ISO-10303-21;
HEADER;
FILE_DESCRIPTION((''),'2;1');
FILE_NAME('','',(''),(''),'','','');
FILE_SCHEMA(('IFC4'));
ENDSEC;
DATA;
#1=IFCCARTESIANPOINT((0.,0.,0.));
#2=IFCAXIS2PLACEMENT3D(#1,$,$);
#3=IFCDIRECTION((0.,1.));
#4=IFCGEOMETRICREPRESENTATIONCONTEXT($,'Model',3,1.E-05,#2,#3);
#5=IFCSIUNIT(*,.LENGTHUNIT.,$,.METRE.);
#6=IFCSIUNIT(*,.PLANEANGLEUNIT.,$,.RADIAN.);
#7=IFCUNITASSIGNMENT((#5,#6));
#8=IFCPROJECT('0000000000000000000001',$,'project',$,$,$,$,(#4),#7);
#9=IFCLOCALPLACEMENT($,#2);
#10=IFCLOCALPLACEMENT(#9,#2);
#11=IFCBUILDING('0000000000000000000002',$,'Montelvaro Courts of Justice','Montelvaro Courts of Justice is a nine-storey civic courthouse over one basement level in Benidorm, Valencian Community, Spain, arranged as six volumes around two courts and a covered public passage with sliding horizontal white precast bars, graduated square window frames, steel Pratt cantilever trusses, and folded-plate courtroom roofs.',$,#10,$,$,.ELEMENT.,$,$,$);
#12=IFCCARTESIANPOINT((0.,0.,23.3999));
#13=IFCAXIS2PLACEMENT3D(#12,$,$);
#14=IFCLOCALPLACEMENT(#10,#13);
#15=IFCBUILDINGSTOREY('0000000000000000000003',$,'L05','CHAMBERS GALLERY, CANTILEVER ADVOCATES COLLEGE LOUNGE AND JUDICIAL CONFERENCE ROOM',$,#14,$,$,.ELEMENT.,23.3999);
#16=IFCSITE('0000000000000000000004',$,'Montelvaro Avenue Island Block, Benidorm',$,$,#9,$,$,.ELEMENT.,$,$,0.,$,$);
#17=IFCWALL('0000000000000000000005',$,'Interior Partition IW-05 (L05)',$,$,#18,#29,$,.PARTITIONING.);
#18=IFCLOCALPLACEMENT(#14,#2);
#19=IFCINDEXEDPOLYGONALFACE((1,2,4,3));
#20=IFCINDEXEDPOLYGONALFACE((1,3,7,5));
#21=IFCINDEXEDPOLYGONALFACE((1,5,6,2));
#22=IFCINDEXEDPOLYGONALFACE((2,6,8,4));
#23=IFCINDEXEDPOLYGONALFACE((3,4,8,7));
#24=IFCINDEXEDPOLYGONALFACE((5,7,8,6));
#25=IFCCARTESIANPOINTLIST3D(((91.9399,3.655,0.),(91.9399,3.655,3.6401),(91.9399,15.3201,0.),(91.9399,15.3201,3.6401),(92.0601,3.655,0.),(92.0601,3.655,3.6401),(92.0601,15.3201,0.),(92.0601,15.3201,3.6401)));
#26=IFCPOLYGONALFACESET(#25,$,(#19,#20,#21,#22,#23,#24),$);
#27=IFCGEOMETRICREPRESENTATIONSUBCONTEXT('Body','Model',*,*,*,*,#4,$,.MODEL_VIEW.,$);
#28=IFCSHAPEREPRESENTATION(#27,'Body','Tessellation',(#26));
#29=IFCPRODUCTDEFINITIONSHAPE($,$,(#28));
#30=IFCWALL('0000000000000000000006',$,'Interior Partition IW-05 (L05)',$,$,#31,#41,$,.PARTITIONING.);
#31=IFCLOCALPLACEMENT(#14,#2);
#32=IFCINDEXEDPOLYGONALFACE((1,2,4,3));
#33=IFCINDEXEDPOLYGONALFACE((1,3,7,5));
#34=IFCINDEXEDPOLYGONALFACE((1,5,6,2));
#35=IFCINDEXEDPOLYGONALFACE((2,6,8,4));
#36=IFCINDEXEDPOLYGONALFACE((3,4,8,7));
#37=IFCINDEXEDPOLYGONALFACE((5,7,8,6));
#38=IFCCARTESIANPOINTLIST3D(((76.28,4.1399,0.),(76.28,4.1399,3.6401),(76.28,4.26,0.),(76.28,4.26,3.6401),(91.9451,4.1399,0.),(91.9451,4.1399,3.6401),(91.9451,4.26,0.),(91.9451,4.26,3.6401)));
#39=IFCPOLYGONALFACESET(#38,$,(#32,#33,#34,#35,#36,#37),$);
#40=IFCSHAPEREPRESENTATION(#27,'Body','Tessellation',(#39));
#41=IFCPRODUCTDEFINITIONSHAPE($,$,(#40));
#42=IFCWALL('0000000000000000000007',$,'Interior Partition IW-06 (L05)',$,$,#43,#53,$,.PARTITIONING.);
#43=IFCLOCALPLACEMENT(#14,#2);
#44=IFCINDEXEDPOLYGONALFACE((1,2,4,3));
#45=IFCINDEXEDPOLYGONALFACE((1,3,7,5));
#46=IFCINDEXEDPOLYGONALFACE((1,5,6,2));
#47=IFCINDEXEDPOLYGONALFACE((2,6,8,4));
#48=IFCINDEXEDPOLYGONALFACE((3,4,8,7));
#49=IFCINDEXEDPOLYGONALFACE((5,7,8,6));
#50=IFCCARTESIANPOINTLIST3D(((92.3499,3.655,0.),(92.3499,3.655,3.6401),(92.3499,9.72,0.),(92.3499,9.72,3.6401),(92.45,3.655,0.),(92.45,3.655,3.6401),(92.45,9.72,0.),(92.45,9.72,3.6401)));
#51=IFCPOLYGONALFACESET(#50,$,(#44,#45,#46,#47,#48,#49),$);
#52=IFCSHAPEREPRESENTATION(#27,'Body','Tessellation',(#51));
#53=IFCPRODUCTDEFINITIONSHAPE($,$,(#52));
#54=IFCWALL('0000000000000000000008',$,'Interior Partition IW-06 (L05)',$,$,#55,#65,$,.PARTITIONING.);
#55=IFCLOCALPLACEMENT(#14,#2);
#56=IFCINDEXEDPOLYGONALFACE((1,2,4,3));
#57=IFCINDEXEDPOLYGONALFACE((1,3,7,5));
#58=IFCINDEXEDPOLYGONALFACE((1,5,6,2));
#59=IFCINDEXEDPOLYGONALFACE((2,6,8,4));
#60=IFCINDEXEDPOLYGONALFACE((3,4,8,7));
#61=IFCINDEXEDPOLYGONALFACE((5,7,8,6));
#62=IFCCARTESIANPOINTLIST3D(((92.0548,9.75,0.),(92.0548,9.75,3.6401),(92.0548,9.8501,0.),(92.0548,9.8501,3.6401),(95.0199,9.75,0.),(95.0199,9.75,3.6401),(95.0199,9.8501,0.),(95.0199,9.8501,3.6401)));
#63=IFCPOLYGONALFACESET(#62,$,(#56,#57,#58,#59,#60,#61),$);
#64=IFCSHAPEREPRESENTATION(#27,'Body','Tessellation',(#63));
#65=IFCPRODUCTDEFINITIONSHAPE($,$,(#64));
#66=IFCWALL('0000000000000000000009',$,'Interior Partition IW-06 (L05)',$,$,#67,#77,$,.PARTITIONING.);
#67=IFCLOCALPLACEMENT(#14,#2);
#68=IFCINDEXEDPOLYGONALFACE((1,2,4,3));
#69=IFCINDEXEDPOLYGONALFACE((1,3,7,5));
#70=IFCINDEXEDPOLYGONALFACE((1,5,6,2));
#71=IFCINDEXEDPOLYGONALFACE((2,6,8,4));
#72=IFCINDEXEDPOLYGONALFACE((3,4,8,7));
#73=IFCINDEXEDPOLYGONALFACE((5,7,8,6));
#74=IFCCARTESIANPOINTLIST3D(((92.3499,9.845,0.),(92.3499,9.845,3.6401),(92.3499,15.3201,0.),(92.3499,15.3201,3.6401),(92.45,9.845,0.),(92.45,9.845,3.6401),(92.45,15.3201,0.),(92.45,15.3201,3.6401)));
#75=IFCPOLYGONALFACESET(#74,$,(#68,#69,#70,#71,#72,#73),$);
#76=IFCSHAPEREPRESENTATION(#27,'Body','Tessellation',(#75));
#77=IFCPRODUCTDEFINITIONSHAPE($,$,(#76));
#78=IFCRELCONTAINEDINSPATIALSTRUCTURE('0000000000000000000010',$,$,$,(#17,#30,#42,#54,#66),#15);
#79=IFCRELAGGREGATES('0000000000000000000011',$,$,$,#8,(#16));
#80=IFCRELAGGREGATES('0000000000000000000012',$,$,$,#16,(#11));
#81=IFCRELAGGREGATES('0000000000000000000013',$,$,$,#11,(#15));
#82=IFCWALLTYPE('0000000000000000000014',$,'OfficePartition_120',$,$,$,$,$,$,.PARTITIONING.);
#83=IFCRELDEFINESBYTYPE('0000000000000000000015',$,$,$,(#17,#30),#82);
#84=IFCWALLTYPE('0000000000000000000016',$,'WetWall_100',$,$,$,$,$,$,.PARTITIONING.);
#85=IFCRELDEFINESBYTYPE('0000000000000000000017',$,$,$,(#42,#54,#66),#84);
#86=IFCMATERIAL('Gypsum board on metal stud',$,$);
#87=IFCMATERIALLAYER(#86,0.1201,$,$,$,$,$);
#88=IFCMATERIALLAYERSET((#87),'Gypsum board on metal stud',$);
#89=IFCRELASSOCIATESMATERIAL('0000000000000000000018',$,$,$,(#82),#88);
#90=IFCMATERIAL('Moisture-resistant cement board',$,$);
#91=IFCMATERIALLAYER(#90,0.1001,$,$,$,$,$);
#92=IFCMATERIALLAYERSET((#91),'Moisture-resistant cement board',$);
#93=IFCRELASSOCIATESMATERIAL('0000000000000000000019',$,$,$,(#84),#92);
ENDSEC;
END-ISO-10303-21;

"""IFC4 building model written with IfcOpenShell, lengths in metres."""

from ifc_helpers import new_model, si_unit, direction, frame, frame_2d, origin, place, context, subcontext, project, spatial, rectangle, extrude, material, layer, layer_set, type_object, element, save


model = new_model("IFC4")

# Units and contexts
model_context = context("Model", 3, precision=1e-05, world=origin(), true_north=direction((0.0, 1.0)))
body_context = subcontext(model_context, "Body", "Model", "MODEL_VIEW")
ifc_project = project(units=[si_unit("LENGTHUNIT", "METRE"), si_unit("PLANEANGLEUNIT", "RADIAN")], contexts=[model_context])

# Site, building, storey
site_placement = place(None, origin())
site = spatial("IfcSite", under=ifc_project, at=site_placement, Name="Montelvaro Avenue Island Block, Benidorm", CompositionType="ELEMENT", RefElevation=0.0)
building_placement = place(site_placement, origin())
building = spatial("IfcBuilding", under=site, at=building_placement, Name="Montelvaro Courts of Justice", Description="Montelvaro Courts of Justice is a nine-storey civic courthouse over one basement level in Benidorm, Valencian Community, Spain, arranged as six volumes around two courts and a covered public passage with sliding horizontal white precast bars, graduated square window frames, steel Pratt cantilever trusses, and folded-plate courtroom roofs.", CompositionType="ELEMENT")
storey_placement = place(building_placement, frame((0.0, 0.0, 23.3999)))
storey = spatial("IfcBuildingStorey", under=building, at=storey_placement, Name="L05", Description="CHAMBERS GALLERY, CANTILEVER ADVOCATES COLLEGE LOUNGE AND JUDICIAL CONFERENCE ROOM", CompositionType="ELEMENT", Elevation=23.3999)

# Walls
ifc_material_1 = material(Name="Gypsum board on metal stud")
ifc_layer_1 = layer(ifc_material_1, 0.1201)
ifc_layer_set_1 = layer_set([ifc_layer_1], Name="Gypsum board on metal stud")
wall_type_1 = type_object("IfcWallType", Name="OfficePartition_120", PredefinedType="PARTITIONING", material=ifc_layer_set_1)
wall_1_placement = place(storey_placement, frame((92.0, 15.3201, 0.0), z_axis=(0.0, 0.0, 1.0), x_axis=(0.0, -1.0, 0.0)))
element("IfcWall", 1, at=wall_1_placement, inside=storey, type_object=wall_type_1, Name="Interior Partition IW-05 (L05)", PredefinedType="PARTITIONING", context=body_context, shape_type="SweptSolid", body=[
    extrude(rectangle(XDim=11.665, YDim=0.1201, at=frame_2d((5.8325, 0.0))), origin(), (0.0, 0.0, 1.0), 3.6401),
])
wall_2_placement = place(storey_placement, frame((91.9451, 4.2, 0.0), z_axis=(0.0, 0.0, 1.0), x_axis=(-1.0, 0.0, 0.0)))
element("IfcWall", 2, at=wall_2_placement, inside=storey, type_object=wall_type_1, Name="Interior Partition IW-05 (L05)", PredefinedType="PARTITIONING", context=body_context, shape_type="SweptSolid", body=[
    extrude(rectangle(XDim=15.665, YDim=0.1201, at=frame_2d((7.8325, 0.0))), origin(), (0.0, 0.0, 1.0), 3.6401),
])
ifc_material_2 = material(Name="Moisture-resistant cement board")
ifc_layer_2 = layer(ifc_material_2, 0.1001)
ifc_layer_set_2 = layer_set([ifc_layer_2], Name="Moisture-resistant cement board")
wall_type_2 = type_object("IfcWallType", Name="WetWall_100", PredefinedType="PARTITIONING", material=ifc_layer_set_2)
wall_3_placement = place(storey_placement, frame((92.3999, 3.655, 0.0), z_axis=(0.0, 0.0, 1.0), x_axis=(0.0, 1.0, 0.0)))
element("IfcWall", 3, at=wall_3_placement, inside=storey, type_object=wall_type_2, Name="Interior Partition IW-06 (L05)", PredefinedType="PARTITIONING", context=body_context, shape_type="SweptSolid", body=[
    extrude(rectangle(XDim=6.0649, YDim=0.1001, at=frame_2d((3.0325, 0.0))), origin(), (0.0, 0.0, 1.0), 3.6401),
])
wall_4_placement = place(storey_placement, frame((92.0549, 9.8, 0.0), z_axis=(0.0, 0.0, 1.0), x_axis=(1.0, 0.0, 0.0)))
element("IfcWall", 4, at=wall_4_placement, inside=storey, type_object=wall_type_2, Name="Interior Partition IW-06 (L05)", PredefinedType="PARTITIONING", context=body_context, shape_type="SweptSolid", body=[
    extrude(rectangle(XDim=2.9651, YDim=0.1001, at=frame_2d((1.4824, 0.0))), origin(), (0.0, 0.0, 1.0), 3.6401),
])
wall_5_placement = place(storey_placement, frame((92.3999, 9.845, 0.0), z_axis=(0.0, 0.0, 1.0), x_axis=(0.0, 1.0, 0.0)))
element("IfcWall", 5, at=wall_5_placement, inside=storey, type_object=wall_type_2, Name="Interior Partition IW-06 (L05)", PredefinedType="PARTITIONING", context=body_context, shape_type="SweptSolid", body=[
    extrude(rectangle(XDim=5.4751, YDim=0.1001, at=frame_2d((2.7375, 0.0))), origin(), (0.0, 0.0, 1.0), 3.6401),
])

save(model, "model.ifc")
